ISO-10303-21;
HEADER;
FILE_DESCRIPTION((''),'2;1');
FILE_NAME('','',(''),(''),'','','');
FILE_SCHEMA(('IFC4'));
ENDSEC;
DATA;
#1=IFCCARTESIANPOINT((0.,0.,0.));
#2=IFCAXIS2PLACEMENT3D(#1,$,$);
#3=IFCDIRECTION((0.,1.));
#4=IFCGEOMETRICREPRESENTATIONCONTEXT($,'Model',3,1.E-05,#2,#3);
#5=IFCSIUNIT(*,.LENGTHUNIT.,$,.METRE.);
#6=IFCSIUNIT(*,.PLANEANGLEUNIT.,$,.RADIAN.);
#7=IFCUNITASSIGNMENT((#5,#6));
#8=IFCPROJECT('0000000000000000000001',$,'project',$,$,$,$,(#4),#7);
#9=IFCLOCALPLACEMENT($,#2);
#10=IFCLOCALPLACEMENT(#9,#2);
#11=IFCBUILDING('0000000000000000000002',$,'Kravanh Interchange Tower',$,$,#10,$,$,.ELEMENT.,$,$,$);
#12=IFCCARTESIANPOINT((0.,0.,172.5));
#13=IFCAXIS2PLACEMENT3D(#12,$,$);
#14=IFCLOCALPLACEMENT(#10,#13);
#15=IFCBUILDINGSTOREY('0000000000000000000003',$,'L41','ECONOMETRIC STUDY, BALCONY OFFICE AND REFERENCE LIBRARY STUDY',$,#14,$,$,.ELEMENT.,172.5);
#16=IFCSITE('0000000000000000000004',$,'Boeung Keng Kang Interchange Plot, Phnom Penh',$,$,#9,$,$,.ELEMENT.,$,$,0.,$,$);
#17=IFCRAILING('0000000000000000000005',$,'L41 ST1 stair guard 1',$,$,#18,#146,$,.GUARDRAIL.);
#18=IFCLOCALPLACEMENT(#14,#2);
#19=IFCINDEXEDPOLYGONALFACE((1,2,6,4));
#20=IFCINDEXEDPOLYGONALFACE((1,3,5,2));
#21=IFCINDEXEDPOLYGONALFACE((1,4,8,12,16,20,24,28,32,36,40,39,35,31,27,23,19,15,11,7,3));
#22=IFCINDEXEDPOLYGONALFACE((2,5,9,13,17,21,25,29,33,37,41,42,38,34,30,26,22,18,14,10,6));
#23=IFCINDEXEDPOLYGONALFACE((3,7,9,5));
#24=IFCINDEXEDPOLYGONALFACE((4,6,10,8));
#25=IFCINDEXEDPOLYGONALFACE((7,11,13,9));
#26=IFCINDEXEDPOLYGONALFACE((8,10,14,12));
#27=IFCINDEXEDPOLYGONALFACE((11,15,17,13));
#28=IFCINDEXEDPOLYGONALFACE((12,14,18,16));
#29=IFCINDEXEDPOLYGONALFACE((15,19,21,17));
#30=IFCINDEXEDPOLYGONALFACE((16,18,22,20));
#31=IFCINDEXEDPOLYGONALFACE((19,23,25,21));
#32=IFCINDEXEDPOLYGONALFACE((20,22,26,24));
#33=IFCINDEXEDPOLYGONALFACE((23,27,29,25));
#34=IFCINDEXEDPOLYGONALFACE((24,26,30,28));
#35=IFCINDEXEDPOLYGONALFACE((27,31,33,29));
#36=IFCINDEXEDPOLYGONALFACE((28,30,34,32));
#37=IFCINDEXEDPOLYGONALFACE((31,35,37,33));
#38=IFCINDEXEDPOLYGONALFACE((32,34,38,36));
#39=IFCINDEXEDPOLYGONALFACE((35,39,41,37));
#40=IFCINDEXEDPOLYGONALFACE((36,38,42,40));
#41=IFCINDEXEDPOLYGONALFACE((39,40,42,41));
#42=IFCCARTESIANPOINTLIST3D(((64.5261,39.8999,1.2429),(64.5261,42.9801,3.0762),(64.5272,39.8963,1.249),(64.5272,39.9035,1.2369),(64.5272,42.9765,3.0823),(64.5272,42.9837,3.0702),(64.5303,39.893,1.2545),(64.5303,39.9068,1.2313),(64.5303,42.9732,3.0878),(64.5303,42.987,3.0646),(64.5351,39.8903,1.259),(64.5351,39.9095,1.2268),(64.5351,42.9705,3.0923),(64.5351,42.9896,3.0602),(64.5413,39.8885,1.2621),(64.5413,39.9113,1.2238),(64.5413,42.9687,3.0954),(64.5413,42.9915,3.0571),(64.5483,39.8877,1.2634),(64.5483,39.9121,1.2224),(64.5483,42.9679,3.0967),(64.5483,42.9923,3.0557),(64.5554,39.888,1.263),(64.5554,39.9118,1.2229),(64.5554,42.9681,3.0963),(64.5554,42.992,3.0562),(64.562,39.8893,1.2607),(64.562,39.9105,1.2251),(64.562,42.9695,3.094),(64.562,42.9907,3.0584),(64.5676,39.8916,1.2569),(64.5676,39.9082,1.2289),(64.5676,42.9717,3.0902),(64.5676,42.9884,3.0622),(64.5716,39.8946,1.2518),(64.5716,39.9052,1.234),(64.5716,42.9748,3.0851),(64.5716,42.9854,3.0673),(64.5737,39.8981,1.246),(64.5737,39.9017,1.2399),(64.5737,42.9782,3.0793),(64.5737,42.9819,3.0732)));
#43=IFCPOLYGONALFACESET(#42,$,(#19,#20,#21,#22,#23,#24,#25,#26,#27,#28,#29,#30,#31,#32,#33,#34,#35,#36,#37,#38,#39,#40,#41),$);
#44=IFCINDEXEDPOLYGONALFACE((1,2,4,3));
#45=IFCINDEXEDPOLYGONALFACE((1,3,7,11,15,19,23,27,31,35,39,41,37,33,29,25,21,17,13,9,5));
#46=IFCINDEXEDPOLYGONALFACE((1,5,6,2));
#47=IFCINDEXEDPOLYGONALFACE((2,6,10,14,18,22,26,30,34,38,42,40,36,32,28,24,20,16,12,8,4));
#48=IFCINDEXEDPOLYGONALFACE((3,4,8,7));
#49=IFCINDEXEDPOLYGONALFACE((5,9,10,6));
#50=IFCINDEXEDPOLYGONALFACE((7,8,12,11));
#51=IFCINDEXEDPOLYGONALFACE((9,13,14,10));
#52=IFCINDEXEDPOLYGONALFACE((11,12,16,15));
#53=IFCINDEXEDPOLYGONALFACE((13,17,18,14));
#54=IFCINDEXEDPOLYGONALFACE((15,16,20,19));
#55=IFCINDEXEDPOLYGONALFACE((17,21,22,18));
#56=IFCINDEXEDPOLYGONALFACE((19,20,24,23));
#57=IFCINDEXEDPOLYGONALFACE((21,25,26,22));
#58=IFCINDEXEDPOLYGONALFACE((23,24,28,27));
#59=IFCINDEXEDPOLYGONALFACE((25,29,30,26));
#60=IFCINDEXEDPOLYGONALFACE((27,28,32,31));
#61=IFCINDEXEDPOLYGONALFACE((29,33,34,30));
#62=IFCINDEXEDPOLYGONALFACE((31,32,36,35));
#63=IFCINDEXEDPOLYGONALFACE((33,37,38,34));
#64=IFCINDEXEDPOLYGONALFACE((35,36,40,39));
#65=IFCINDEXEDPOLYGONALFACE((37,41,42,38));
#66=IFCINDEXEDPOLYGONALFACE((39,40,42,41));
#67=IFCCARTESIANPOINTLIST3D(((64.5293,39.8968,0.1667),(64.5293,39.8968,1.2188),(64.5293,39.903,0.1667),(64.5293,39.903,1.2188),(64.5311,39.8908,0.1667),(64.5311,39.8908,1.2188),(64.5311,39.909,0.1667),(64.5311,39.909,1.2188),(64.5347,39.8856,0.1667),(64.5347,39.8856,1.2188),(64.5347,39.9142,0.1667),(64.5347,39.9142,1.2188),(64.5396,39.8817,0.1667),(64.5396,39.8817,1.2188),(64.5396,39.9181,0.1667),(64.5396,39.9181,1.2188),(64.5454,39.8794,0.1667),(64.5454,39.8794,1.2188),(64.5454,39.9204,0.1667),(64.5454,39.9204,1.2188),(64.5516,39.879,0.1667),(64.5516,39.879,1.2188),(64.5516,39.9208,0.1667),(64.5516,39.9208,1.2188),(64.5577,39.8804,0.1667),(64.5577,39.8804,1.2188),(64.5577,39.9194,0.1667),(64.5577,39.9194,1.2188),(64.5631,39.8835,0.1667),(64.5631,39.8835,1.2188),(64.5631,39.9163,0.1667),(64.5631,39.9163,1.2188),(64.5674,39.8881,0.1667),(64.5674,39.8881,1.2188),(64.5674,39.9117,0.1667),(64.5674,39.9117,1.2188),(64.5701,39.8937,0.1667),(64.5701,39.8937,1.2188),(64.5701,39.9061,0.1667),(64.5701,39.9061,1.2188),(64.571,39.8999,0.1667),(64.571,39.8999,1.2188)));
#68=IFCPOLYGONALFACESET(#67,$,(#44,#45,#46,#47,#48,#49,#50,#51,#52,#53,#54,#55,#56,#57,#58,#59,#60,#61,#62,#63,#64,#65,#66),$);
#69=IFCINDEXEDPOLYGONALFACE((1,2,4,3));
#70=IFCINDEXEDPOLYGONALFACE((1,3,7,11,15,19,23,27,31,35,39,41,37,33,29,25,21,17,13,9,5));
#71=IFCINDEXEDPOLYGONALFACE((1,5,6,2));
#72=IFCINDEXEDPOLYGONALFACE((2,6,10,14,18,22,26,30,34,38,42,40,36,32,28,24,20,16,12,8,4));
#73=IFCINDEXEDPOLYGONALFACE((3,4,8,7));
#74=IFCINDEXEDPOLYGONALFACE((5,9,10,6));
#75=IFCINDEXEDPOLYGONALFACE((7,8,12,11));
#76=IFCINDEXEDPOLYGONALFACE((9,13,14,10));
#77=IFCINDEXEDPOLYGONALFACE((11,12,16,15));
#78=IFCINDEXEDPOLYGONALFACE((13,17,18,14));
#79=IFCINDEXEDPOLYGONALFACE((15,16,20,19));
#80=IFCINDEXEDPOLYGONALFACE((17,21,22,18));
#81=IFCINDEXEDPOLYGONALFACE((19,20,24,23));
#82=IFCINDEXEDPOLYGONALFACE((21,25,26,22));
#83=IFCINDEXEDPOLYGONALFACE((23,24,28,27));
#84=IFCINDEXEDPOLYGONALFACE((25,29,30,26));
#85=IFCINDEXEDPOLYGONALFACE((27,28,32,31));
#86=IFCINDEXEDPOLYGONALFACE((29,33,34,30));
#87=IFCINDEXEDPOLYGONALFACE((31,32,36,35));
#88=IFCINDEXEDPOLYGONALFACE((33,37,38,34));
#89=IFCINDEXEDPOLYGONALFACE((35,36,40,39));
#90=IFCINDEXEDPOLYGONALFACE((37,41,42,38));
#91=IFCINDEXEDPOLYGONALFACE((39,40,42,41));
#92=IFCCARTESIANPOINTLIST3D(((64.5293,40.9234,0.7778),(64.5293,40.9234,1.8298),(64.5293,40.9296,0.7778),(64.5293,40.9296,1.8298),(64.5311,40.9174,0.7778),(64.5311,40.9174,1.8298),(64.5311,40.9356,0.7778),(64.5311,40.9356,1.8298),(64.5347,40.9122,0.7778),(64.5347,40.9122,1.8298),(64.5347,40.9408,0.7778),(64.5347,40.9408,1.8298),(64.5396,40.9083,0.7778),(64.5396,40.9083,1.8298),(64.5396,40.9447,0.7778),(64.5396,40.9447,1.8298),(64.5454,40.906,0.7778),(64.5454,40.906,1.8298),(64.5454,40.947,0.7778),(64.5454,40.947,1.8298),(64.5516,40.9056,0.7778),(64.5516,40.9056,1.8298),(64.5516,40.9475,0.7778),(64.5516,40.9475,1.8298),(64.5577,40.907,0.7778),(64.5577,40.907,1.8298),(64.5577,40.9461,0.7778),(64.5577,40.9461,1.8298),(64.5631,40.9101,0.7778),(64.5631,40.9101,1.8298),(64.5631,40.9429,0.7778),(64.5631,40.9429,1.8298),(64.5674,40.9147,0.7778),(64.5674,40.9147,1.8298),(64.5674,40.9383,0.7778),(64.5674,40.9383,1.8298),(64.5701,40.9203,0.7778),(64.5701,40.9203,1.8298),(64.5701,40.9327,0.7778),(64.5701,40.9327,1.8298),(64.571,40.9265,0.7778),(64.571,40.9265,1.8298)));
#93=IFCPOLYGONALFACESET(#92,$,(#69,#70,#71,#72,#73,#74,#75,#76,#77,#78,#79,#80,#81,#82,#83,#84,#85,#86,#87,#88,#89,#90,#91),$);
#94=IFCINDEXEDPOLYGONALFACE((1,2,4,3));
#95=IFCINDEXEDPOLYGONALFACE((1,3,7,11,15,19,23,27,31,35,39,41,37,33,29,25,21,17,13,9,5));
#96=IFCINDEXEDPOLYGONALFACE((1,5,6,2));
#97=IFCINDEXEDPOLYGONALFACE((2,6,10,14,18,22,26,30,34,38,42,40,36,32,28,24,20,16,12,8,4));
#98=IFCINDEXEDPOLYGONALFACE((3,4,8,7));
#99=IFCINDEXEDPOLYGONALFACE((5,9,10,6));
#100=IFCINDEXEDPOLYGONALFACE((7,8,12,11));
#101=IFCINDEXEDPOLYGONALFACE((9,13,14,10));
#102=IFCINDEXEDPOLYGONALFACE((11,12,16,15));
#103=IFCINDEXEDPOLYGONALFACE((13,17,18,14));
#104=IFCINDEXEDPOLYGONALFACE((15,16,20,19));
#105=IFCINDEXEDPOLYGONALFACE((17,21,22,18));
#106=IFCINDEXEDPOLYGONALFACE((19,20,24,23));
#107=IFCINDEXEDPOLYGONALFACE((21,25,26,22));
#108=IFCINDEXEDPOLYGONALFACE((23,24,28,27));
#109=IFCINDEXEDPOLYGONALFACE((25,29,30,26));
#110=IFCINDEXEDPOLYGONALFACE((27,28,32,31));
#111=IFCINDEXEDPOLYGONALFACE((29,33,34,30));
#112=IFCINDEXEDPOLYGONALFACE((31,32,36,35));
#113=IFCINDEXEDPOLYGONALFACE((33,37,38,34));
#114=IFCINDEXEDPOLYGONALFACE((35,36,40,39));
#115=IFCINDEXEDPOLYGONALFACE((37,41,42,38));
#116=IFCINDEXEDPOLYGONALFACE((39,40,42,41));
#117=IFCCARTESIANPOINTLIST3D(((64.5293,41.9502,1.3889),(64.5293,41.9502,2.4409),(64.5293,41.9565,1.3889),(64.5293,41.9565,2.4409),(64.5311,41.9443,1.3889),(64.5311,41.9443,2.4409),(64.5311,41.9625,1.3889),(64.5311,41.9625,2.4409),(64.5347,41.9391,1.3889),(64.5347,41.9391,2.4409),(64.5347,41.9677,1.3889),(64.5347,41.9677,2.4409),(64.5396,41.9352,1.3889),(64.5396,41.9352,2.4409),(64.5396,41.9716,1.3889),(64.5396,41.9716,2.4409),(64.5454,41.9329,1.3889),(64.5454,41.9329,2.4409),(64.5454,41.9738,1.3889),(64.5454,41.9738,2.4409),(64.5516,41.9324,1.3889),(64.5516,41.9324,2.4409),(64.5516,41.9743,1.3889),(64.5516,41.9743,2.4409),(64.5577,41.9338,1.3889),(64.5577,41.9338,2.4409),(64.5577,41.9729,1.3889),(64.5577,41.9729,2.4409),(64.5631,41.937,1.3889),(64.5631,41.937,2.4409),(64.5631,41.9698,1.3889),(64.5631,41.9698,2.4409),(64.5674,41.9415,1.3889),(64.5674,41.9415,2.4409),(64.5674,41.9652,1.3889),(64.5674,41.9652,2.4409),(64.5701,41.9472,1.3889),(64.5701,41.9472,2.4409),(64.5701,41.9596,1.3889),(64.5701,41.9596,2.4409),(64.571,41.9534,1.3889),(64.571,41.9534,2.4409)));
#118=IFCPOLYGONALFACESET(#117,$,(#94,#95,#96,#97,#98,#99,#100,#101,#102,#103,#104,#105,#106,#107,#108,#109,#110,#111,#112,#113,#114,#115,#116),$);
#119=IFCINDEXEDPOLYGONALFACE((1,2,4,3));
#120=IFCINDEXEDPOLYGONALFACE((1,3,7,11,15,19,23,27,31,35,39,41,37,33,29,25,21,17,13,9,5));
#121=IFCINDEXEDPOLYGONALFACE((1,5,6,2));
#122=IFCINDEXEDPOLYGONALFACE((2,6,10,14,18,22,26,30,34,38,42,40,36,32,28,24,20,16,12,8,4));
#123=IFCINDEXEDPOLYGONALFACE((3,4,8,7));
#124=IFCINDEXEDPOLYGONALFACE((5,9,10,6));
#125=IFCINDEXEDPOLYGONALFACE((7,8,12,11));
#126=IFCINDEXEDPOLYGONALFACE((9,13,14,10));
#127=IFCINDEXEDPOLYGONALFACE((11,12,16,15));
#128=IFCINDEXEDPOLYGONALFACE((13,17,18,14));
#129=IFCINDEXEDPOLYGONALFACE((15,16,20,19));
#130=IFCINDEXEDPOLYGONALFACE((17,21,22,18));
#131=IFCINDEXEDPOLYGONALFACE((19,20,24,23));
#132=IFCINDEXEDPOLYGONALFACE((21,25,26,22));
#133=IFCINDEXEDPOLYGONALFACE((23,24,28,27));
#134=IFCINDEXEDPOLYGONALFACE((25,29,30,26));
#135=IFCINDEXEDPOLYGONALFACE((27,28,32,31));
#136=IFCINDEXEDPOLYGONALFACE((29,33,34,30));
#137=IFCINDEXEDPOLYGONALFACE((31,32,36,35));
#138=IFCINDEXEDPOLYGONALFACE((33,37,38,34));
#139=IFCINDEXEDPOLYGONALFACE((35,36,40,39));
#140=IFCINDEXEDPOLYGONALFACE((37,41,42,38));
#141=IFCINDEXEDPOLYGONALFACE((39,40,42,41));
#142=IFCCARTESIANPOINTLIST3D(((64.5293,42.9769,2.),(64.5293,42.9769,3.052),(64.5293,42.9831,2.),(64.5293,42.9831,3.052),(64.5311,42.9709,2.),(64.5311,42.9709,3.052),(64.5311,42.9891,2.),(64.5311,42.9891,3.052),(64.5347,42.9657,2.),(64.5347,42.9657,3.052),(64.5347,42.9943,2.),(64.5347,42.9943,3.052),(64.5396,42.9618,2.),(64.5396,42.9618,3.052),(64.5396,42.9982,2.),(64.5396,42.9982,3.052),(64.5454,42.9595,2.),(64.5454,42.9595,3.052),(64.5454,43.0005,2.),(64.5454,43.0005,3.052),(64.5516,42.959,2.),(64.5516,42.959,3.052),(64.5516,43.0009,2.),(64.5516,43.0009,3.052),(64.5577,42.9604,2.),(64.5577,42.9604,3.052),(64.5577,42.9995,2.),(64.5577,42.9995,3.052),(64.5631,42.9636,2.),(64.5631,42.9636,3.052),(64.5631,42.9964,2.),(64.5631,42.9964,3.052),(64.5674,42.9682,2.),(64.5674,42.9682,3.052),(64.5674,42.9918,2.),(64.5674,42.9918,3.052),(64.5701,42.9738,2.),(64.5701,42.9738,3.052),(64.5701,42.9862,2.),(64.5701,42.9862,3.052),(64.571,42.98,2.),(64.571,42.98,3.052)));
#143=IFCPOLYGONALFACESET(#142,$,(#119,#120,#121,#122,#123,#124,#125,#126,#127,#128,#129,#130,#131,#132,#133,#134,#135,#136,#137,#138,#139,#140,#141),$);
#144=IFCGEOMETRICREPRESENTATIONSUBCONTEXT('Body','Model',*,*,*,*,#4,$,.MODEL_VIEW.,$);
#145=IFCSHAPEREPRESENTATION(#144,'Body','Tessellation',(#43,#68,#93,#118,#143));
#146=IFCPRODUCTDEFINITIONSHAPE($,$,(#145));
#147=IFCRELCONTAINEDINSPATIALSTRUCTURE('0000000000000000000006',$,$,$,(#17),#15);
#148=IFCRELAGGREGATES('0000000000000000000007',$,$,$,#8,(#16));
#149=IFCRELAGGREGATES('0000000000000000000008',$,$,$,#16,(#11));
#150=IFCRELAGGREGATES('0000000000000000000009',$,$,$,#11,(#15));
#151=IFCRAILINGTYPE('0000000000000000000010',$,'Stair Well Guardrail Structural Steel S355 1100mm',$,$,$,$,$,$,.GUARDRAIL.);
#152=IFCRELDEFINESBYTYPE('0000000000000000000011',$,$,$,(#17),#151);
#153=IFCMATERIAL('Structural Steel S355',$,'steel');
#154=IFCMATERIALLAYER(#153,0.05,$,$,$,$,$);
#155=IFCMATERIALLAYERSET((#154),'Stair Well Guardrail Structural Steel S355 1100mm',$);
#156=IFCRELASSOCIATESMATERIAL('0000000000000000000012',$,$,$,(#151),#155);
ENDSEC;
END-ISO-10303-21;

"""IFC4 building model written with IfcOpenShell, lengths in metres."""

from ifc_helpers import new_model, si_unit, direction, frame, origin, origin_2d, place, context, subcontext, project, spatial, circle, extrude, material, layer, layer_set, type_object, element, save


model = new_model("IFC4")

# Units and contexts
model_context = context("Model", 3, precision=1e-05, world=origin(), true_north=direction((0.0, 1.0)))
body_context = subcontext(model_context, "Body", "Model", "MODEL_VIEW")
ifc_project = project(units=[si_unit("LENGTHUNIT", "METRE"), si_unit("PLANEANGLEUNIT", "RADIAN")], contexts=[model_context])

# Site, building, storey
site_placement = place(None, origin())
site = spatial("IfcSite", under=ifc_project, at=site_placement, Name="Boeung Keng Kang Interchange Plot, Phnom Penh", CompositionType="ELEMENT", RefElevation=0.0)
building_placement = place(site_placement, origin())
building = spatial("IfcBuilding", under=site, at=building_placement, Name="Kravanh Interchange Tower", CompositionType="ELEMENT")
storey_placement = place(building_placement, frame((0.0, 0.0, 172.5)))
storey = spatial("IfcBuildingStorey", under=building, at=storey_placement, Name="L41", Description="ECONOMETRIC STUDY, BALCONY OFFICE AND REFERENCE LIBRARY STUDY", CompositionType="ELEMENT", Elevation=172.5)

# Railing
ifc_material_1 = material(Name="Structural Steel S355", Category="steel")
ifc_layer_1 = layer(ifc_material_1, 0.05)
ifc_layer_set_1 = layer_set([ifc_layer_1], Name="Stair Well Guardrail Structural Steel S355 1100mm")
railing_type_1 = type_object("IfcRailingType", Name="Stair Well Guardrail Structural Steel S355 1100mm", PredefinedType="GUARDRAIL", material=ifc_layer_set_1)
railing_1_placement = place(storey_placement, frame((64.55, 39.8999, 0.1667)))
element("IfcRailing", 1, at=railing_1_placement, inside=storey, type_object=railing_type_1, Name="L41 ST1 stair guard 1", PredefinedType="GUARDRAIL", context=body_context, shape_type="SweptSolid", body=[
    extrude(circle(Radius=0.0239, at=origin_2d()), frame((0.0, 0.0, 1.0762), z_axis=(0.0, 0.859309, 0.511458), x_axis=(-1.0, 0.0, 0.0)), (0.0, 0.0, 1.0), 3.5845),
    extrude(circle(Radius=0.021, at=origin_2d()), origin(), (0.0, 0.0, 1.0), 1.052),
    extrude(circle(Radius=0.021, at=origin_2d()), frame((0.0, 1.0266, 0.6111)), (0.0, 0.0, 1.0), 1.052),
    extrude(circle(Radius=0.021, at=origin_2d()), frame((0.0, 2.0535, 1.2222)), (0.0, 0.0, 1.0), 1.052),
    extrude(circle(Radius=0.021, at=origin_2d()), frame((0.0, 3.0801, 1.8333)), (0.0, 0.0, 1.0), 1.052),
])

save(model, "model.ifc")
